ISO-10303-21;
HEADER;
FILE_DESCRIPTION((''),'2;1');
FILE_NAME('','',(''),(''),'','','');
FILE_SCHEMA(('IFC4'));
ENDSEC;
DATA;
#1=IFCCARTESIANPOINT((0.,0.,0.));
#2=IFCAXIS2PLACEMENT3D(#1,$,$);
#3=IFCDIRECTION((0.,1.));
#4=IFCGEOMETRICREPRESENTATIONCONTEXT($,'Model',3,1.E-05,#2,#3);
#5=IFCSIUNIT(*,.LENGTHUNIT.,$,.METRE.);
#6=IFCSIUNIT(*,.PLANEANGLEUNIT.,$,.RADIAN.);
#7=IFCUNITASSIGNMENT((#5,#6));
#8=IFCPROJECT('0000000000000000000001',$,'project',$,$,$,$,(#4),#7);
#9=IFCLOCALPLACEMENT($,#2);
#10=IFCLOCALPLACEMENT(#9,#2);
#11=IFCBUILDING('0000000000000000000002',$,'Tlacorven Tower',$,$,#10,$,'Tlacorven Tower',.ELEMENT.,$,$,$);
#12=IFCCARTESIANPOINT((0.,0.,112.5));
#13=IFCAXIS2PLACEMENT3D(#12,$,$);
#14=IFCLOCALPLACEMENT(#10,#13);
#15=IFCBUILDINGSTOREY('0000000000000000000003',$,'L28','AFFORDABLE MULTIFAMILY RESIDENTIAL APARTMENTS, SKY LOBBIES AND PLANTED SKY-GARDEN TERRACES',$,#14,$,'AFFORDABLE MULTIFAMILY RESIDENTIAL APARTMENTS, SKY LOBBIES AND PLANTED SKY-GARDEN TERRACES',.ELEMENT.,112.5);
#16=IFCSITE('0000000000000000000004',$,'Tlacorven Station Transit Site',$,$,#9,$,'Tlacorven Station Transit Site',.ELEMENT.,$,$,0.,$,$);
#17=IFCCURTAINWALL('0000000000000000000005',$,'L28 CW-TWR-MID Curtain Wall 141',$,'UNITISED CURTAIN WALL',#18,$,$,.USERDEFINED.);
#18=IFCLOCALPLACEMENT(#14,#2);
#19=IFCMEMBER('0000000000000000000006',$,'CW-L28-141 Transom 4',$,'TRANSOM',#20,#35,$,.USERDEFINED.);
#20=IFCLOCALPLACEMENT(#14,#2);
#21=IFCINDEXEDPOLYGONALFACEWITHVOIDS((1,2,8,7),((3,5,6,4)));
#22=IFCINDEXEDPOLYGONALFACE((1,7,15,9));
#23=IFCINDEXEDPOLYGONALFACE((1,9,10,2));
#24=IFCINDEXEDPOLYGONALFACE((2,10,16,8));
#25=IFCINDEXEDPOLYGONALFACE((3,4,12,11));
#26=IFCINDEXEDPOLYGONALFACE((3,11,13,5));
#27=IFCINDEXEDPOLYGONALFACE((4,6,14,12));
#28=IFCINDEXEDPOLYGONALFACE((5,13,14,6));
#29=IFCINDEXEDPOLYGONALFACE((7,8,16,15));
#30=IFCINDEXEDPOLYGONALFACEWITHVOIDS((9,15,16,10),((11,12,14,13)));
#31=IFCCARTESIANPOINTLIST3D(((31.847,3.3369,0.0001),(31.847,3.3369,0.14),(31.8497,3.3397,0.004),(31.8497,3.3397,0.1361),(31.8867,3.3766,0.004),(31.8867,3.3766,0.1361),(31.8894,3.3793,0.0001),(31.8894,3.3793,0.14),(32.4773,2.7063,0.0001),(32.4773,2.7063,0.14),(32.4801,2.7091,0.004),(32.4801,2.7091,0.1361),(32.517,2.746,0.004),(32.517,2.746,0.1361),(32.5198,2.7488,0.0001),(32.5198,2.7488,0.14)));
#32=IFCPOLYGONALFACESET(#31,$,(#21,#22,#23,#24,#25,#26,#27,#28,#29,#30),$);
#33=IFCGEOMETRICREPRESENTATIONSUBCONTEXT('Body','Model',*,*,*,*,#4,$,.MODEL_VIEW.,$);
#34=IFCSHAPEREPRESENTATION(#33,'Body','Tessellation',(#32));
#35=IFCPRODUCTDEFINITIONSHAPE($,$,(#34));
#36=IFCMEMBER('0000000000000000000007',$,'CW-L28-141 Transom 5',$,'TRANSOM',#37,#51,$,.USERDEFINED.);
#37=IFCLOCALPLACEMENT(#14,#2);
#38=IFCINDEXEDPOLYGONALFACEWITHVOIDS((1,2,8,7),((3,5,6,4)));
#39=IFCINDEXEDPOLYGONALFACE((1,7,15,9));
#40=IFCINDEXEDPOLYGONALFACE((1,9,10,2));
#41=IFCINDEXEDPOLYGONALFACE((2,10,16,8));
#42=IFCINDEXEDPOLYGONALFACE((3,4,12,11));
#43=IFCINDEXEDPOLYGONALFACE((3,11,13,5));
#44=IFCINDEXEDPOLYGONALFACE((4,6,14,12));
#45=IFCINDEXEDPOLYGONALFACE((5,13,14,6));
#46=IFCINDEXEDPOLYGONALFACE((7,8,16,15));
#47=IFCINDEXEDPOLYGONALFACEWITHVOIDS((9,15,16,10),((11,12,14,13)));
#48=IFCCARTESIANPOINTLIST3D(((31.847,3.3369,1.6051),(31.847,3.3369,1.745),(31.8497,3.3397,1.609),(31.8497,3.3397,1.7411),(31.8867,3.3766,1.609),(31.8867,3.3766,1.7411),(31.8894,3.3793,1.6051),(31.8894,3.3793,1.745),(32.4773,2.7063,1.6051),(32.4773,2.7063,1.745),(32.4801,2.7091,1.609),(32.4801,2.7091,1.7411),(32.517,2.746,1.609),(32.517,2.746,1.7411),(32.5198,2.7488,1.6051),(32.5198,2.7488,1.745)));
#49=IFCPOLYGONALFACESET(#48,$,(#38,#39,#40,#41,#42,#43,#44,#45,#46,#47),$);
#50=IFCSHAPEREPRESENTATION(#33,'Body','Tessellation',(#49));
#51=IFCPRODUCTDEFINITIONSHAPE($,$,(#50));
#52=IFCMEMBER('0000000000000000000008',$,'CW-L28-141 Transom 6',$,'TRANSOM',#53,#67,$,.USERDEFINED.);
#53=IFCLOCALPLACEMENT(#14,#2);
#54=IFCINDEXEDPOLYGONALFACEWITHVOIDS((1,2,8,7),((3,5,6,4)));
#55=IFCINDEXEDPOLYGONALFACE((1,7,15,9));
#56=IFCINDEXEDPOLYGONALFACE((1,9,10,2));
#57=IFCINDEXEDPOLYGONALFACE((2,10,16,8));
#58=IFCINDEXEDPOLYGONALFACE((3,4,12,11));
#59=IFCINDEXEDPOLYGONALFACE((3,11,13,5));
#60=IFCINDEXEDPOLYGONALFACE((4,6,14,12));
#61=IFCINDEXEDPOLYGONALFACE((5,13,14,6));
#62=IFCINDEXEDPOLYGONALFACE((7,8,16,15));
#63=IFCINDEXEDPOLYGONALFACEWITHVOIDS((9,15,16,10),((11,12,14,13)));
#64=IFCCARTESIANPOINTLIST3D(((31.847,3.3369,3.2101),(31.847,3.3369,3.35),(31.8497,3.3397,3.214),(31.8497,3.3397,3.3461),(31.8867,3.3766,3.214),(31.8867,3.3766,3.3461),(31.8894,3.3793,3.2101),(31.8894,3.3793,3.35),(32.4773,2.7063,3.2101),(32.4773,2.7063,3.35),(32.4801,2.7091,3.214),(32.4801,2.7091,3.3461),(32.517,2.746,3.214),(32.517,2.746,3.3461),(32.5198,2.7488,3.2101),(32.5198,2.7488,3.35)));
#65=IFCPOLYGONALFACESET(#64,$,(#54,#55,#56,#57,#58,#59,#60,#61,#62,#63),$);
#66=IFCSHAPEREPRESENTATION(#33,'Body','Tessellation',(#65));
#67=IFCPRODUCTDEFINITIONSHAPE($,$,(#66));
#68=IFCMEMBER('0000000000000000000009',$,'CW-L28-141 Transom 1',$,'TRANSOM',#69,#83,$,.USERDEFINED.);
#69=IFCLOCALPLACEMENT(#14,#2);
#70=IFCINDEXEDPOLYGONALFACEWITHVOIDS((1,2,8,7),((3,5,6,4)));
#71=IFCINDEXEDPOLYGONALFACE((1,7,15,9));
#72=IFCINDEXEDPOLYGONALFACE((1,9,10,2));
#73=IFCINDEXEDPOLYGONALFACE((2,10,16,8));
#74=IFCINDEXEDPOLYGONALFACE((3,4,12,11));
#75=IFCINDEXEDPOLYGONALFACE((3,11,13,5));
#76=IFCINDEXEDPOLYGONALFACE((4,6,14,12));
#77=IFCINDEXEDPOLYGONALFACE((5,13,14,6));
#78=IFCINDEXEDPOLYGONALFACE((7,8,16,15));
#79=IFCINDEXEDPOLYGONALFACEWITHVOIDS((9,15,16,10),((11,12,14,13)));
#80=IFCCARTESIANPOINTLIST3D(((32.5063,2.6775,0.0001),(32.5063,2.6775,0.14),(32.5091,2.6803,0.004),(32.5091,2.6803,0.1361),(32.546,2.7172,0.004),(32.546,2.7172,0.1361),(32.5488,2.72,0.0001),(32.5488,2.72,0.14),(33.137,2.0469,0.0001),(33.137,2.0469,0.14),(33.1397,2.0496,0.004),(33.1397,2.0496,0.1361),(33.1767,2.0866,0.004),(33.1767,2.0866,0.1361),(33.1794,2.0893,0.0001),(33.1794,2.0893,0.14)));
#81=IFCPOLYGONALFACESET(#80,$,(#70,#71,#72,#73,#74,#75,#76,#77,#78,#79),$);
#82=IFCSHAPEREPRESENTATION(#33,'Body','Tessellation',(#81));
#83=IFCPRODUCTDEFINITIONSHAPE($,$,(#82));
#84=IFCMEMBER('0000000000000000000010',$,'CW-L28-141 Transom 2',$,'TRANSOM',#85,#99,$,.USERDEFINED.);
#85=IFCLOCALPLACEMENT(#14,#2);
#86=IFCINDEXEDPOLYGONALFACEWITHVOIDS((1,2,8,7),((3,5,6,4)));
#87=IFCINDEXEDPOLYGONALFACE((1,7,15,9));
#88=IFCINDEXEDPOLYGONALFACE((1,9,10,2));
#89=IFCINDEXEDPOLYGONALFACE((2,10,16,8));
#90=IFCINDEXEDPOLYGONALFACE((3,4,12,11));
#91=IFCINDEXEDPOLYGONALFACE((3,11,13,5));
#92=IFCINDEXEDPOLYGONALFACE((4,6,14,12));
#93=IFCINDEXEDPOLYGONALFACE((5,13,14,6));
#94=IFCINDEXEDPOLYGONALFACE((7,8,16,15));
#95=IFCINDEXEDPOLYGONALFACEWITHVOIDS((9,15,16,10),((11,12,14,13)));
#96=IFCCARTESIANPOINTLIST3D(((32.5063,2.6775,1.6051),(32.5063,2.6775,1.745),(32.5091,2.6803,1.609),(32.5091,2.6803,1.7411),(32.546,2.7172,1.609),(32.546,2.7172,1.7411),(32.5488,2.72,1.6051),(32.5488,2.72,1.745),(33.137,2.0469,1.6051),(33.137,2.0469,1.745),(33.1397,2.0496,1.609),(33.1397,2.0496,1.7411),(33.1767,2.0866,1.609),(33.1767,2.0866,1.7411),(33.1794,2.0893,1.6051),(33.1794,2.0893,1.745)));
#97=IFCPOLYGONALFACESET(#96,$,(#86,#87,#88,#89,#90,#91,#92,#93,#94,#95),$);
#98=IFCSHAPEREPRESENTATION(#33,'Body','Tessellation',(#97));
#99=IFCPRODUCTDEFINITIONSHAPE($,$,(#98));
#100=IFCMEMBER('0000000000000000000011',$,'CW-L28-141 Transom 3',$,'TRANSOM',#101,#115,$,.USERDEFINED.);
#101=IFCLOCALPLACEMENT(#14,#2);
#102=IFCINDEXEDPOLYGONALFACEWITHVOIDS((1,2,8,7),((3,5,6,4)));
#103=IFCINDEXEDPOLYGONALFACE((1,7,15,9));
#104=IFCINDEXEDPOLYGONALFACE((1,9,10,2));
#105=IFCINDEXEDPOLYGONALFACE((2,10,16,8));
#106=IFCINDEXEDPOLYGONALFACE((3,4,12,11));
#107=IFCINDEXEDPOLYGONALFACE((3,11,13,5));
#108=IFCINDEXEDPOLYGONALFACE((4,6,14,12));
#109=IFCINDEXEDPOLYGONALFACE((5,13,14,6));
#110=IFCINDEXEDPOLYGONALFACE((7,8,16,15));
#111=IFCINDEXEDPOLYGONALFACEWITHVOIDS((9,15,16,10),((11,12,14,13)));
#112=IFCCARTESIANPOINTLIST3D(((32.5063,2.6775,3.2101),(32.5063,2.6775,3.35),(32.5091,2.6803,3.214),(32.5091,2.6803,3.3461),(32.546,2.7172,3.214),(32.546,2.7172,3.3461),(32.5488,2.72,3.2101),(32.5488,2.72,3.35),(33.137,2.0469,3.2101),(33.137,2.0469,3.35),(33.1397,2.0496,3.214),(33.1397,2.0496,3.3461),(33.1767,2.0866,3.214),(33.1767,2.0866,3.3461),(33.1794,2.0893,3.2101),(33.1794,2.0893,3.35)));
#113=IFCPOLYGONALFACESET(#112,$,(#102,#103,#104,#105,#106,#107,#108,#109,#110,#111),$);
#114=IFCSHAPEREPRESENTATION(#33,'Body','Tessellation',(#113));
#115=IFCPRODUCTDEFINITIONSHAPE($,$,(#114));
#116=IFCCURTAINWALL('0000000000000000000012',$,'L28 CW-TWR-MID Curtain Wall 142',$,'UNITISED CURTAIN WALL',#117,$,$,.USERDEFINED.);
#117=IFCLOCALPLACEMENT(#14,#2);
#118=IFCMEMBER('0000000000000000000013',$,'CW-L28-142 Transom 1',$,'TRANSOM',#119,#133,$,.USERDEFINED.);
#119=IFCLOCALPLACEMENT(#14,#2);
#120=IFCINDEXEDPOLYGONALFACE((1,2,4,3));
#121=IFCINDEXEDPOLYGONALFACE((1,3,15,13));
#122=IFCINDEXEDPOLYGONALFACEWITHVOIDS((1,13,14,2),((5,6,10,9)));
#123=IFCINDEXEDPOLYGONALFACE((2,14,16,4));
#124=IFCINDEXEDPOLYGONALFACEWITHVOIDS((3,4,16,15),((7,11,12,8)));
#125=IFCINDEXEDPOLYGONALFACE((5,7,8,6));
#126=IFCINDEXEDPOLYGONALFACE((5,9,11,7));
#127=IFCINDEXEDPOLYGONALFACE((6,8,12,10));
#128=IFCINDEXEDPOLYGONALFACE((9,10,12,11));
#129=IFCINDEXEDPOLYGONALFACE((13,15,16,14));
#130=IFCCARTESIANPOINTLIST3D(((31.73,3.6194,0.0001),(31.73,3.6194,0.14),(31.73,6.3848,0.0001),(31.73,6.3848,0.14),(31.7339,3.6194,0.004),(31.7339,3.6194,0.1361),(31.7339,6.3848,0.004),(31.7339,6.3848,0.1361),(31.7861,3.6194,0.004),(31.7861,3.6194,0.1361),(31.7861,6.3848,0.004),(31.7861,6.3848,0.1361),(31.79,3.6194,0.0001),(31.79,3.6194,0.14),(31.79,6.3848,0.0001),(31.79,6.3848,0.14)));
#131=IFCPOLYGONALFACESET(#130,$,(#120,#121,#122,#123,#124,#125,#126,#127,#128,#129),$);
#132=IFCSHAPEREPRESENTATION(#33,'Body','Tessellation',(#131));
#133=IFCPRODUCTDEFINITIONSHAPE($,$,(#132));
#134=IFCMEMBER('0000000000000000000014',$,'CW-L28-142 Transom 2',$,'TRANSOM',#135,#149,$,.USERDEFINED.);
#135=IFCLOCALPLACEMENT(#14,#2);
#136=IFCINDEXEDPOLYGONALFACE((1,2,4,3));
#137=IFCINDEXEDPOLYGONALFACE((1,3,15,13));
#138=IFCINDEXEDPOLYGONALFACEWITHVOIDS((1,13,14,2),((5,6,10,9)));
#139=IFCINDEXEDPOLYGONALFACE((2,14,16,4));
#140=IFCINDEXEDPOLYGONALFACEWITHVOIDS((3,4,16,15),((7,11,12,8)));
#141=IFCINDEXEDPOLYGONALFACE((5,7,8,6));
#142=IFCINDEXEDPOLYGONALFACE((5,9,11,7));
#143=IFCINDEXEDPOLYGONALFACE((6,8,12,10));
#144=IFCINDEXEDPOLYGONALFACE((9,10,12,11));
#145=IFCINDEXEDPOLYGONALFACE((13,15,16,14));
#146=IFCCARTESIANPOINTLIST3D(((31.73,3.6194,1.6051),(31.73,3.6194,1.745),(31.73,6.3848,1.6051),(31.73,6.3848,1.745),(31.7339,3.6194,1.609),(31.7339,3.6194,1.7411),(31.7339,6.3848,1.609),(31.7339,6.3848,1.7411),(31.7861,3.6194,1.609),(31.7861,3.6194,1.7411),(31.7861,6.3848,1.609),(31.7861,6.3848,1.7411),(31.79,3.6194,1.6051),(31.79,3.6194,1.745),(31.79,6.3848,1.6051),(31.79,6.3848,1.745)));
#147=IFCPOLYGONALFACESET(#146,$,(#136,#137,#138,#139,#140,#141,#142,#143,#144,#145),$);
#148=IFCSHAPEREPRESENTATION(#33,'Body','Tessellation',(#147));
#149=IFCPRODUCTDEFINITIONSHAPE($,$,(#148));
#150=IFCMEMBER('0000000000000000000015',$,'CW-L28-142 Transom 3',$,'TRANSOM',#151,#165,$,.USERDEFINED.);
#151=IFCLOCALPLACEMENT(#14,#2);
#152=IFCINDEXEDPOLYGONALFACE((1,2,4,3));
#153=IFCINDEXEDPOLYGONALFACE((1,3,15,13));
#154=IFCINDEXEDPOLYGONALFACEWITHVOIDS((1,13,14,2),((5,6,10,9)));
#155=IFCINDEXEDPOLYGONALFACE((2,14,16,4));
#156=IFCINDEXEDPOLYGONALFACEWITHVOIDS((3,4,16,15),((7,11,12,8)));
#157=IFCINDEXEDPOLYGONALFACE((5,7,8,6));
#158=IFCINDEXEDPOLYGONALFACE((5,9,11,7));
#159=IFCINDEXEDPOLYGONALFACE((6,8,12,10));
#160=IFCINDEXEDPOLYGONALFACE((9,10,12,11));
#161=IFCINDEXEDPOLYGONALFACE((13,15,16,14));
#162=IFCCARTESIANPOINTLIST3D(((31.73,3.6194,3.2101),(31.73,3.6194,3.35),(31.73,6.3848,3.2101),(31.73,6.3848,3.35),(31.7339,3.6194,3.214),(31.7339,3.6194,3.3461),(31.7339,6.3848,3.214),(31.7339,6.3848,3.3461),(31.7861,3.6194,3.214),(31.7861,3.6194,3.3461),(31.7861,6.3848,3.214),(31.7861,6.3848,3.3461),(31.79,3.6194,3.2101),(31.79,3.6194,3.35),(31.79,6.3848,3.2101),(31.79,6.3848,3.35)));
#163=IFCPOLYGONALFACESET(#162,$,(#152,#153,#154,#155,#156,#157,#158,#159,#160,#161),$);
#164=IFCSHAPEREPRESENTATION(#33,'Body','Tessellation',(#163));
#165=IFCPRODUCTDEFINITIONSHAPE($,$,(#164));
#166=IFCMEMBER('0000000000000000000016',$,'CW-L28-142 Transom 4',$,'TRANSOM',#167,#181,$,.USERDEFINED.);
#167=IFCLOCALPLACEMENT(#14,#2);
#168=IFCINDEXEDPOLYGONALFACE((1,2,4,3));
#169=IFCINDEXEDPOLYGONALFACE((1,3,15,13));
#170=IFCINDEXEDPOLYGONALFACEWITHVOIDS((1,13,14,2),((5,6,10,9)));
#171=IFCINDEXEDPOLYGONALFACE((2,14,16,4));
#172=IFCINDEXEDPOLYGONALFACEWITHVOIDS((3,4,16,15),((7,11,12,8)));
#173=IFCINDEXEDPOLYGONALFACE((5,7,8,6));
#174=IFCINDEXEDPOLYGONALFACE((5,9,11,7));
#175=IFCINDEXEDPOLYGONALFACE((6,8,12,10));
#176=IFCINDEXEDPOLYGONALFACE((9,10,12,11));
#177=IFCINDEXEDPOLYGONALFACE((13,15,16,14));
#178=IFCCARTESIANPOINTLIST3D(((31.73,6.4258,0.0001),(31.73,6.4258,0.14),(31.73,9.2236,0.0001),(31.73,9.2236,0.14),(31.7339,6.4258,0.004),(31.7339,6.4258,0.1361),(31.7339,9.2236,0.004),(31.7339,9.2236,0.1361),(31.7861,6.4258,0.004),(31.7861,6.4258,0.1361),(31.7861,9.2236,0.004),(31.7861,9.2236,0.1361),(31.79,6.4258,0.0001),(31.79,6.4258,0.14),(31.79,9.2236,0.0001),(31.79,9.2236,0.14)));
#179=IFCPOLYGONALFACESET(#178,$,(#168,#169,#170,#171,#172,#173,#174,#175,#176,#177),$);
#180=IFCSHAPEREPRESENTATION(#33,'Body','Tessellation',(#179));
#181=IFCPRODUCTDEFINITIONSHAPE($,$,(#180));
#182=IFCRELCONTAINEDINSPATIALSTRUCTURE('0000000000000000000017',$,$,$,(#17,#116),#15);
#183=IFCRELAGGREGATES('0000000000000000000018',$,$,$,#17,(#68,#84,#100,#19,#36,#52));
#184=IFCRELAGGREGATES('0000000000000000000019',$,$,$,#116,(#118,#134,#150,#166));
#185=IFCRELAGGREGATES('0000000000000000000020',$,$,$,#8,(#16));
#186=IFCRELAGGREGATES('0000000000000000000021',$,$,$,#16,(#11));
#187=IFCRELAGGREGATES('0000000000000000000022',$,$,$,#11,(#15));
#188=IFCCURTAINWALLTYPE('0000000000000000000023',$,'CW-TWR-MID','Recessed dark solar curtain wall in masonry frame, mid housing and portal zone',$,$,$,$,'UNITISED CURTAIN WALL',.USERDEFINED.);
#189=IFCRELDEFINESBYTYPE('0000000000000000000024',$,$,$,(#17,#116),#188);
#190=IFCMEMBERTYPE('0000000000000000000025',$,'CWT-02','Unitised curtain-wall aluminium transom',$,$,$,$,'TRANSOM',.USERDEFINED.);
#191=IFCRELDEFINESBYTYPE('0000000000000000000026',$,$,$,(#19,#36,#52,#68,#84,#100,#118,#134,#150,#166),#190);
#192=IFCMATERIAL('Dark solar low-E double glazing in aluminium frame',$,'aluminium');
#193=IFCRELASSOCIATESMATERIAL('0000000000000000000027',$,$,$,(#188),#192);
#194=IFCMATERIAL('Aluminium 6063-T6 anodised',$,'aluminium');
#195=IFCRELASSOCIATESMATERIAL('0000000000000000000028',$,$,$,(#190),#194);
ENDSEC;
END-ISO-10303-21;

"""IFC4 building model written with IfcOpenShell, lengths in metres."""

from ifc_helpers import new_model, si_unit, direction, frame, origin, origin_2d, place, context, subcontext, project, spatial, hollow_rectangle, extrude, source, transform, mapped, material, material_profile, profile_set, type_object, element, aggregate, save


model = new_model("IFC4")

# Units and contexts
model_context = context("Model", 3, precision=1e-05, world=origin(), true_north=direction((0.0, 1.0)))
body_context = subcontext(model_context, "Body", "Model", "MODEL_VIEW")
ifc_project = project(units=[si_unit("LENGTHUNIT", "METRE"), si_unit("PLANEANGLEUNIT", "RADIAN")], contexts=[model_context])

# Site, building, storey
site_placement = place(None, origin())
site = spatial("IfcSite", under=ifc_project, at=site_placement, Name="Tlacorven Station Transit Site", LongName="Tlacorven Station Transit Site", CompositionType="ELEMENT", RefElevation=0.0)
building_placement = place(site_placement, origin())
building = spatial("IfcBuilding", under=site, at=building_placement, Name="Tlacorven Tower", LongName="Tlacorven Tower", CompositionType="ELEMENT")
storey_placement = place(building_placement, frame((0.0, 0.0, 112.5)))
storey = spatial("IfcBuildingStorey", under=building, at=storey_placement, Name="L28", Description="AFFORDABLE MULTIFAMILY RESIDENTIAL APARTMENTS, SKY LOBBIES AND PLANTED SKY-GARDEN TERRACES", LongName="AFFORDABLE MULTIFAMILY RESIDENTIAL APARTMENTS, SKY LOBBIES AND PLANTED SKY-GARDEN TERRACES", CompositionType="ELEMENT", Elevation=112.5)

# Curtain walls, members
ifc_material_1 = material(Name="Dark solar low-E double glazing in aluminium frame", Category="aluminium")
curtain_wall_type = type_object("IfcCurtainWallType", Name="CW-TWR-MID", Description="Recessed dark solar curtain wall in masonry frame, mid housing and portal zone", ElementType="UNITISED CURTAIN WALL", PredefinedType="USERDEFINED", material=ifc_material_1)
curtain_wall_1_placement = place(storey_placement, origin())
curtain_wall_1 = element("IfcCurtainWall", 1, at=curtain_wall_1_placement, inside=storey, type_object=curtain_wall_type, Name="L28 CW-TWR-MID Curtain Wall 141", ObjectType="UNITISED CURTAIN WALL", PredefinedType="USERDEFINED")
ifc_material_2 = material(Name="Aluminium 6063-T6 anodised", Category="aluminium")
ifc_material_profile_1 = material_profile(ifc_material_2, hollow_rectangle(XDim=0.0601, YDim=0.1399, WallThickness=0.0039, at=origin_2d()), Name="ALU TRANSOM 60X140")
ifc_profile_set_1 = profile_set([ifc_material_profile_1], Name="Aluminium 6063-T6 anodised")
member_type_1 = type_object("IfcMemberType", Name="CWT-02", Description="Unitised curtain-wall aluminium transom", ElementType="TRANSOM", PredefinedType="USERDEFINED", material=ifc_profile_set_1)
shared_shape_1 = source(origin(), body_context, "Body", "SweptSolid", [
    extrude(hollow_rectangle(XDim=0.0601, YDim=0.1399, WallThickness=0.0039, at=origin_2d()), origin(), (0.0, 0.0, 1.0), 0.8916),
])
member_1_placement = place(storey_placement, frame((32.4985, 2.7275, 0.0701), z_axis=(-0.70697, 0.707244, 0.0), x_axis=(-0.707244, -0.70697, 0.0)))
member_1 = element("IfcMember", 2, at=member_1_placement, type_object=member_type_1, Name="CW-L28-141 Transom 4", ObjectType="TRANSOM", PredefinedType="USERDEFINED", context=body_context, shape_type="MappedRepresentation", body=[
    mapped(shared_shape_1, transform((0.0, 0.0, 0.0), scale=1.0)),
])
member_2_placement = place(storey_placement, frame((32.4985, 2.7275, 1.675), z_axis=(-0.70697, 0.707244, 0.0), x_axis=(-0.707244, -0.70697, 0.0)))
member_2 = element("IfcMember", 3, at=member_2_placement, type_object=member_type_1, Name="CW-L28-141 Transom 5", ObjectType="TRANSOM", PredefinedType="USERDEFINED", context=body_context, shape_type="MappedRepresentation", body=[
    mapped(shared_shape_1, transform((0.0, 0.0, 0.0), scale=1.0)),
])
member_3_placement = place(storey_placement, frame((32.4985, 2.7275, 3.28), z_axis=(-0.70697, 0.707244, 0.0), x_axis=(-0.707244, -0.70697, 0.0)))
member_3 = element("IfcMember", 4, at=member_3_placement, type_object=member_type_1, Name="CW-L28-141 Transom 6", ObjectType="TRANSOM", PredefinedType="USERDEFINED", context=body_context, shape_type="MappedRepresentation", body=[
    mapped(shared_shape_1, transform((0.0, 0.0, 0.0), scale=1.0)),
])
shared_shape_2 = source(origin(), body_context, "Body", "SweptSolid", [
    extrude(hollow_rectangle(XDim=0.0601, YDim=0.1399, WallThickness=0.0039, at=origin_2d()), origin(), (0.0, 0.0, 1.0), 0.8918),
])
member_4_placement = place(storey_placement, frame((33.1582, 2.0681, 0.0701), z_axis=(-0.707107, 0.707107, 0.0), x_axis=(-0.707107, -0.707107, 0.0)))
member_4 = element("IfcMember", 5, at=member_4_placement, type_object=member_type_1, Name="CW-L28-141 Transom 1", ObjectType="TRANSOM", PredefinedType="USERDEFINED", context=body_context, shape_type="MappedRepresentation", body=[
    mapped(shared_shape_2, transform((0.0, 0.0, 0.0), scale=1.0)),
])
member_5_placement = place(storey_placement, frame((33.1582, 2.0681, 1.675), z_axis=(-0.707107, 0.707107, 0.0), x_axis=(-0.707107, -0.707107, 0.0)))
member_5 = element("IfcMember", 6, at=member_5_placement, type_object=member_type_1, Name="CW-L28-141 Transom 2", ObjectType="TRANSOM", PredefinedType="USERDEFINED", context=body_context, shape_type="MappedRepresentation", body=[
    mapped(shared_shape_2, transform((0.0, 0.0, 0.0), scale=1.0)),
])
member_6_placement = place(storey_placement, frame((33.1582, 2.0681, 3.28), z_axis=(-0.707107, 0.707107, 0.0), x_axis=(-0.707107, -0.707107, 0.0)))
member_6 = element("IfcMember", 7, at=member_6_placement, type_object=member_type_1, Name="CW-L28-141 Transom 3", ObjectType="TRANSOM", PredefinedType="USERDEFINED", context=body_context, shape_type="MappedRepresentation", body=[
    mapped(shared_shape_2, transform((0.0, 0.0, 0.0), scale=1.0)),
])
curtain_wall_2_placement = place(storey_placement, origin())
curtain_wall_2 = element("IfcCurtainWall", 8, at=curtain_wall_2_placement, inside=storey, type_object=curtain_wall_type, Name="L28 CW-TWR-MID Curtain Wall 142", ObjectType="UNITISED CURTAIN WALL", PredefinedType="USERDEFINED")
shared_shape_3 = source(origin(), body_context, "Body", "SweptSolid", [
    extrude(hollow_rectangle(XDim=0.0601, YDim=0.1399, WallThickness=0.0039, at=origin_2d()), origin(), (0.0, 0.0, 1.0), 2.7654),
])
member_7_placement = place(storey_placement, frame((31.76, 3.6194, 0.0701), z_axis=(0.0, 1.0, 0.0), x_axis=(-1.0, 0.0, 0.0)))
member_7 = element("IfcMember", 9, at=member_7_placement, type_object=member_type_1, Name="CW-L28-142 Transom 1", ObjectType="TRANSOM", PredefinedType="USERDEFINED", context=body_context, shape_type="MappedRepresentation", body=[
    mapped(shared_shape_3, transform((0.0, 0.0, 0.0), scale=1.0)),
])
member_8_placement = place(storey_placement, frame((31.76, 3.6194, 1.675), z_axis=(0.0, 1.0, 0.0), x_axis=(-1.0, 0.0, 0.0)))
member_8 = element("IfcMember", 10, at=member_8_placement, type_object=member_type_1, Name="CW-L28-142 Transom 2", ObjectType="TRANSOM", PredefinedType="USERDEFINED", context=body_context, shape_type="MappedRepresentation", body=[
    mapped(shared_shape_3, transform((0.0, 0.0, 0.0), scale=1.0)),
])
member_9_placement = place(storey_placement, frame((31.76, 3.6194, 3.28), z_axis=(0.0, 1.0, 0.0), x_axis=(-1.0, 0.0, 0.0)))
member_9 = element("IfcMember", 11, at=member_9_placement, type_object=member_type_1, Name="CW-L28-142 Transom 3", ObjectType="TRANSOM", PredefinedType="USERDEFINED", context=body_context, shape_type="MappedRepresentation", body=[
    mapped(shared_shape_3, transform((0.0, 0.0, 0.0), scale=1.0)),
])
shared_shape_4 = source(origin(), body_context, "Body", "SweptSolid", [
    extrude(hollow_rectangle(XDim=0.0601, YDim=0.1399, WallThickness=0.0039, at=origin_2d()), origin(), (0.0, 0.0, 1.0), 2.7979),
])
member_10_placement = place(storey_placement, frame((31.76, 6.4258, 0.0701), z_axis=(0.0, 1.0, 0.0), x_axis=(-1.0, 0.0, 0.0)))
member_10 = element("IfcMember", 12, at=member_10_placement, type_object=member_type_1, Name="CW-L28-142 Transom 4", ObjectType="TRANSOM", PredefinedType="USERDEFINED", context=body_context, shape_type="MappedRepresentation", body=[
    mapped(shared_shape_4, transform((0.0, 0.0, 0.0), scale=1.0)),
])

aggregate(curtain_wall_1, [member_4, member_5, member_6, member_1, member_2, member_3])
aggregate(curtain_wall_2, [member_7, member_8, member_9, member_10])

save(model, "model.ifc")
